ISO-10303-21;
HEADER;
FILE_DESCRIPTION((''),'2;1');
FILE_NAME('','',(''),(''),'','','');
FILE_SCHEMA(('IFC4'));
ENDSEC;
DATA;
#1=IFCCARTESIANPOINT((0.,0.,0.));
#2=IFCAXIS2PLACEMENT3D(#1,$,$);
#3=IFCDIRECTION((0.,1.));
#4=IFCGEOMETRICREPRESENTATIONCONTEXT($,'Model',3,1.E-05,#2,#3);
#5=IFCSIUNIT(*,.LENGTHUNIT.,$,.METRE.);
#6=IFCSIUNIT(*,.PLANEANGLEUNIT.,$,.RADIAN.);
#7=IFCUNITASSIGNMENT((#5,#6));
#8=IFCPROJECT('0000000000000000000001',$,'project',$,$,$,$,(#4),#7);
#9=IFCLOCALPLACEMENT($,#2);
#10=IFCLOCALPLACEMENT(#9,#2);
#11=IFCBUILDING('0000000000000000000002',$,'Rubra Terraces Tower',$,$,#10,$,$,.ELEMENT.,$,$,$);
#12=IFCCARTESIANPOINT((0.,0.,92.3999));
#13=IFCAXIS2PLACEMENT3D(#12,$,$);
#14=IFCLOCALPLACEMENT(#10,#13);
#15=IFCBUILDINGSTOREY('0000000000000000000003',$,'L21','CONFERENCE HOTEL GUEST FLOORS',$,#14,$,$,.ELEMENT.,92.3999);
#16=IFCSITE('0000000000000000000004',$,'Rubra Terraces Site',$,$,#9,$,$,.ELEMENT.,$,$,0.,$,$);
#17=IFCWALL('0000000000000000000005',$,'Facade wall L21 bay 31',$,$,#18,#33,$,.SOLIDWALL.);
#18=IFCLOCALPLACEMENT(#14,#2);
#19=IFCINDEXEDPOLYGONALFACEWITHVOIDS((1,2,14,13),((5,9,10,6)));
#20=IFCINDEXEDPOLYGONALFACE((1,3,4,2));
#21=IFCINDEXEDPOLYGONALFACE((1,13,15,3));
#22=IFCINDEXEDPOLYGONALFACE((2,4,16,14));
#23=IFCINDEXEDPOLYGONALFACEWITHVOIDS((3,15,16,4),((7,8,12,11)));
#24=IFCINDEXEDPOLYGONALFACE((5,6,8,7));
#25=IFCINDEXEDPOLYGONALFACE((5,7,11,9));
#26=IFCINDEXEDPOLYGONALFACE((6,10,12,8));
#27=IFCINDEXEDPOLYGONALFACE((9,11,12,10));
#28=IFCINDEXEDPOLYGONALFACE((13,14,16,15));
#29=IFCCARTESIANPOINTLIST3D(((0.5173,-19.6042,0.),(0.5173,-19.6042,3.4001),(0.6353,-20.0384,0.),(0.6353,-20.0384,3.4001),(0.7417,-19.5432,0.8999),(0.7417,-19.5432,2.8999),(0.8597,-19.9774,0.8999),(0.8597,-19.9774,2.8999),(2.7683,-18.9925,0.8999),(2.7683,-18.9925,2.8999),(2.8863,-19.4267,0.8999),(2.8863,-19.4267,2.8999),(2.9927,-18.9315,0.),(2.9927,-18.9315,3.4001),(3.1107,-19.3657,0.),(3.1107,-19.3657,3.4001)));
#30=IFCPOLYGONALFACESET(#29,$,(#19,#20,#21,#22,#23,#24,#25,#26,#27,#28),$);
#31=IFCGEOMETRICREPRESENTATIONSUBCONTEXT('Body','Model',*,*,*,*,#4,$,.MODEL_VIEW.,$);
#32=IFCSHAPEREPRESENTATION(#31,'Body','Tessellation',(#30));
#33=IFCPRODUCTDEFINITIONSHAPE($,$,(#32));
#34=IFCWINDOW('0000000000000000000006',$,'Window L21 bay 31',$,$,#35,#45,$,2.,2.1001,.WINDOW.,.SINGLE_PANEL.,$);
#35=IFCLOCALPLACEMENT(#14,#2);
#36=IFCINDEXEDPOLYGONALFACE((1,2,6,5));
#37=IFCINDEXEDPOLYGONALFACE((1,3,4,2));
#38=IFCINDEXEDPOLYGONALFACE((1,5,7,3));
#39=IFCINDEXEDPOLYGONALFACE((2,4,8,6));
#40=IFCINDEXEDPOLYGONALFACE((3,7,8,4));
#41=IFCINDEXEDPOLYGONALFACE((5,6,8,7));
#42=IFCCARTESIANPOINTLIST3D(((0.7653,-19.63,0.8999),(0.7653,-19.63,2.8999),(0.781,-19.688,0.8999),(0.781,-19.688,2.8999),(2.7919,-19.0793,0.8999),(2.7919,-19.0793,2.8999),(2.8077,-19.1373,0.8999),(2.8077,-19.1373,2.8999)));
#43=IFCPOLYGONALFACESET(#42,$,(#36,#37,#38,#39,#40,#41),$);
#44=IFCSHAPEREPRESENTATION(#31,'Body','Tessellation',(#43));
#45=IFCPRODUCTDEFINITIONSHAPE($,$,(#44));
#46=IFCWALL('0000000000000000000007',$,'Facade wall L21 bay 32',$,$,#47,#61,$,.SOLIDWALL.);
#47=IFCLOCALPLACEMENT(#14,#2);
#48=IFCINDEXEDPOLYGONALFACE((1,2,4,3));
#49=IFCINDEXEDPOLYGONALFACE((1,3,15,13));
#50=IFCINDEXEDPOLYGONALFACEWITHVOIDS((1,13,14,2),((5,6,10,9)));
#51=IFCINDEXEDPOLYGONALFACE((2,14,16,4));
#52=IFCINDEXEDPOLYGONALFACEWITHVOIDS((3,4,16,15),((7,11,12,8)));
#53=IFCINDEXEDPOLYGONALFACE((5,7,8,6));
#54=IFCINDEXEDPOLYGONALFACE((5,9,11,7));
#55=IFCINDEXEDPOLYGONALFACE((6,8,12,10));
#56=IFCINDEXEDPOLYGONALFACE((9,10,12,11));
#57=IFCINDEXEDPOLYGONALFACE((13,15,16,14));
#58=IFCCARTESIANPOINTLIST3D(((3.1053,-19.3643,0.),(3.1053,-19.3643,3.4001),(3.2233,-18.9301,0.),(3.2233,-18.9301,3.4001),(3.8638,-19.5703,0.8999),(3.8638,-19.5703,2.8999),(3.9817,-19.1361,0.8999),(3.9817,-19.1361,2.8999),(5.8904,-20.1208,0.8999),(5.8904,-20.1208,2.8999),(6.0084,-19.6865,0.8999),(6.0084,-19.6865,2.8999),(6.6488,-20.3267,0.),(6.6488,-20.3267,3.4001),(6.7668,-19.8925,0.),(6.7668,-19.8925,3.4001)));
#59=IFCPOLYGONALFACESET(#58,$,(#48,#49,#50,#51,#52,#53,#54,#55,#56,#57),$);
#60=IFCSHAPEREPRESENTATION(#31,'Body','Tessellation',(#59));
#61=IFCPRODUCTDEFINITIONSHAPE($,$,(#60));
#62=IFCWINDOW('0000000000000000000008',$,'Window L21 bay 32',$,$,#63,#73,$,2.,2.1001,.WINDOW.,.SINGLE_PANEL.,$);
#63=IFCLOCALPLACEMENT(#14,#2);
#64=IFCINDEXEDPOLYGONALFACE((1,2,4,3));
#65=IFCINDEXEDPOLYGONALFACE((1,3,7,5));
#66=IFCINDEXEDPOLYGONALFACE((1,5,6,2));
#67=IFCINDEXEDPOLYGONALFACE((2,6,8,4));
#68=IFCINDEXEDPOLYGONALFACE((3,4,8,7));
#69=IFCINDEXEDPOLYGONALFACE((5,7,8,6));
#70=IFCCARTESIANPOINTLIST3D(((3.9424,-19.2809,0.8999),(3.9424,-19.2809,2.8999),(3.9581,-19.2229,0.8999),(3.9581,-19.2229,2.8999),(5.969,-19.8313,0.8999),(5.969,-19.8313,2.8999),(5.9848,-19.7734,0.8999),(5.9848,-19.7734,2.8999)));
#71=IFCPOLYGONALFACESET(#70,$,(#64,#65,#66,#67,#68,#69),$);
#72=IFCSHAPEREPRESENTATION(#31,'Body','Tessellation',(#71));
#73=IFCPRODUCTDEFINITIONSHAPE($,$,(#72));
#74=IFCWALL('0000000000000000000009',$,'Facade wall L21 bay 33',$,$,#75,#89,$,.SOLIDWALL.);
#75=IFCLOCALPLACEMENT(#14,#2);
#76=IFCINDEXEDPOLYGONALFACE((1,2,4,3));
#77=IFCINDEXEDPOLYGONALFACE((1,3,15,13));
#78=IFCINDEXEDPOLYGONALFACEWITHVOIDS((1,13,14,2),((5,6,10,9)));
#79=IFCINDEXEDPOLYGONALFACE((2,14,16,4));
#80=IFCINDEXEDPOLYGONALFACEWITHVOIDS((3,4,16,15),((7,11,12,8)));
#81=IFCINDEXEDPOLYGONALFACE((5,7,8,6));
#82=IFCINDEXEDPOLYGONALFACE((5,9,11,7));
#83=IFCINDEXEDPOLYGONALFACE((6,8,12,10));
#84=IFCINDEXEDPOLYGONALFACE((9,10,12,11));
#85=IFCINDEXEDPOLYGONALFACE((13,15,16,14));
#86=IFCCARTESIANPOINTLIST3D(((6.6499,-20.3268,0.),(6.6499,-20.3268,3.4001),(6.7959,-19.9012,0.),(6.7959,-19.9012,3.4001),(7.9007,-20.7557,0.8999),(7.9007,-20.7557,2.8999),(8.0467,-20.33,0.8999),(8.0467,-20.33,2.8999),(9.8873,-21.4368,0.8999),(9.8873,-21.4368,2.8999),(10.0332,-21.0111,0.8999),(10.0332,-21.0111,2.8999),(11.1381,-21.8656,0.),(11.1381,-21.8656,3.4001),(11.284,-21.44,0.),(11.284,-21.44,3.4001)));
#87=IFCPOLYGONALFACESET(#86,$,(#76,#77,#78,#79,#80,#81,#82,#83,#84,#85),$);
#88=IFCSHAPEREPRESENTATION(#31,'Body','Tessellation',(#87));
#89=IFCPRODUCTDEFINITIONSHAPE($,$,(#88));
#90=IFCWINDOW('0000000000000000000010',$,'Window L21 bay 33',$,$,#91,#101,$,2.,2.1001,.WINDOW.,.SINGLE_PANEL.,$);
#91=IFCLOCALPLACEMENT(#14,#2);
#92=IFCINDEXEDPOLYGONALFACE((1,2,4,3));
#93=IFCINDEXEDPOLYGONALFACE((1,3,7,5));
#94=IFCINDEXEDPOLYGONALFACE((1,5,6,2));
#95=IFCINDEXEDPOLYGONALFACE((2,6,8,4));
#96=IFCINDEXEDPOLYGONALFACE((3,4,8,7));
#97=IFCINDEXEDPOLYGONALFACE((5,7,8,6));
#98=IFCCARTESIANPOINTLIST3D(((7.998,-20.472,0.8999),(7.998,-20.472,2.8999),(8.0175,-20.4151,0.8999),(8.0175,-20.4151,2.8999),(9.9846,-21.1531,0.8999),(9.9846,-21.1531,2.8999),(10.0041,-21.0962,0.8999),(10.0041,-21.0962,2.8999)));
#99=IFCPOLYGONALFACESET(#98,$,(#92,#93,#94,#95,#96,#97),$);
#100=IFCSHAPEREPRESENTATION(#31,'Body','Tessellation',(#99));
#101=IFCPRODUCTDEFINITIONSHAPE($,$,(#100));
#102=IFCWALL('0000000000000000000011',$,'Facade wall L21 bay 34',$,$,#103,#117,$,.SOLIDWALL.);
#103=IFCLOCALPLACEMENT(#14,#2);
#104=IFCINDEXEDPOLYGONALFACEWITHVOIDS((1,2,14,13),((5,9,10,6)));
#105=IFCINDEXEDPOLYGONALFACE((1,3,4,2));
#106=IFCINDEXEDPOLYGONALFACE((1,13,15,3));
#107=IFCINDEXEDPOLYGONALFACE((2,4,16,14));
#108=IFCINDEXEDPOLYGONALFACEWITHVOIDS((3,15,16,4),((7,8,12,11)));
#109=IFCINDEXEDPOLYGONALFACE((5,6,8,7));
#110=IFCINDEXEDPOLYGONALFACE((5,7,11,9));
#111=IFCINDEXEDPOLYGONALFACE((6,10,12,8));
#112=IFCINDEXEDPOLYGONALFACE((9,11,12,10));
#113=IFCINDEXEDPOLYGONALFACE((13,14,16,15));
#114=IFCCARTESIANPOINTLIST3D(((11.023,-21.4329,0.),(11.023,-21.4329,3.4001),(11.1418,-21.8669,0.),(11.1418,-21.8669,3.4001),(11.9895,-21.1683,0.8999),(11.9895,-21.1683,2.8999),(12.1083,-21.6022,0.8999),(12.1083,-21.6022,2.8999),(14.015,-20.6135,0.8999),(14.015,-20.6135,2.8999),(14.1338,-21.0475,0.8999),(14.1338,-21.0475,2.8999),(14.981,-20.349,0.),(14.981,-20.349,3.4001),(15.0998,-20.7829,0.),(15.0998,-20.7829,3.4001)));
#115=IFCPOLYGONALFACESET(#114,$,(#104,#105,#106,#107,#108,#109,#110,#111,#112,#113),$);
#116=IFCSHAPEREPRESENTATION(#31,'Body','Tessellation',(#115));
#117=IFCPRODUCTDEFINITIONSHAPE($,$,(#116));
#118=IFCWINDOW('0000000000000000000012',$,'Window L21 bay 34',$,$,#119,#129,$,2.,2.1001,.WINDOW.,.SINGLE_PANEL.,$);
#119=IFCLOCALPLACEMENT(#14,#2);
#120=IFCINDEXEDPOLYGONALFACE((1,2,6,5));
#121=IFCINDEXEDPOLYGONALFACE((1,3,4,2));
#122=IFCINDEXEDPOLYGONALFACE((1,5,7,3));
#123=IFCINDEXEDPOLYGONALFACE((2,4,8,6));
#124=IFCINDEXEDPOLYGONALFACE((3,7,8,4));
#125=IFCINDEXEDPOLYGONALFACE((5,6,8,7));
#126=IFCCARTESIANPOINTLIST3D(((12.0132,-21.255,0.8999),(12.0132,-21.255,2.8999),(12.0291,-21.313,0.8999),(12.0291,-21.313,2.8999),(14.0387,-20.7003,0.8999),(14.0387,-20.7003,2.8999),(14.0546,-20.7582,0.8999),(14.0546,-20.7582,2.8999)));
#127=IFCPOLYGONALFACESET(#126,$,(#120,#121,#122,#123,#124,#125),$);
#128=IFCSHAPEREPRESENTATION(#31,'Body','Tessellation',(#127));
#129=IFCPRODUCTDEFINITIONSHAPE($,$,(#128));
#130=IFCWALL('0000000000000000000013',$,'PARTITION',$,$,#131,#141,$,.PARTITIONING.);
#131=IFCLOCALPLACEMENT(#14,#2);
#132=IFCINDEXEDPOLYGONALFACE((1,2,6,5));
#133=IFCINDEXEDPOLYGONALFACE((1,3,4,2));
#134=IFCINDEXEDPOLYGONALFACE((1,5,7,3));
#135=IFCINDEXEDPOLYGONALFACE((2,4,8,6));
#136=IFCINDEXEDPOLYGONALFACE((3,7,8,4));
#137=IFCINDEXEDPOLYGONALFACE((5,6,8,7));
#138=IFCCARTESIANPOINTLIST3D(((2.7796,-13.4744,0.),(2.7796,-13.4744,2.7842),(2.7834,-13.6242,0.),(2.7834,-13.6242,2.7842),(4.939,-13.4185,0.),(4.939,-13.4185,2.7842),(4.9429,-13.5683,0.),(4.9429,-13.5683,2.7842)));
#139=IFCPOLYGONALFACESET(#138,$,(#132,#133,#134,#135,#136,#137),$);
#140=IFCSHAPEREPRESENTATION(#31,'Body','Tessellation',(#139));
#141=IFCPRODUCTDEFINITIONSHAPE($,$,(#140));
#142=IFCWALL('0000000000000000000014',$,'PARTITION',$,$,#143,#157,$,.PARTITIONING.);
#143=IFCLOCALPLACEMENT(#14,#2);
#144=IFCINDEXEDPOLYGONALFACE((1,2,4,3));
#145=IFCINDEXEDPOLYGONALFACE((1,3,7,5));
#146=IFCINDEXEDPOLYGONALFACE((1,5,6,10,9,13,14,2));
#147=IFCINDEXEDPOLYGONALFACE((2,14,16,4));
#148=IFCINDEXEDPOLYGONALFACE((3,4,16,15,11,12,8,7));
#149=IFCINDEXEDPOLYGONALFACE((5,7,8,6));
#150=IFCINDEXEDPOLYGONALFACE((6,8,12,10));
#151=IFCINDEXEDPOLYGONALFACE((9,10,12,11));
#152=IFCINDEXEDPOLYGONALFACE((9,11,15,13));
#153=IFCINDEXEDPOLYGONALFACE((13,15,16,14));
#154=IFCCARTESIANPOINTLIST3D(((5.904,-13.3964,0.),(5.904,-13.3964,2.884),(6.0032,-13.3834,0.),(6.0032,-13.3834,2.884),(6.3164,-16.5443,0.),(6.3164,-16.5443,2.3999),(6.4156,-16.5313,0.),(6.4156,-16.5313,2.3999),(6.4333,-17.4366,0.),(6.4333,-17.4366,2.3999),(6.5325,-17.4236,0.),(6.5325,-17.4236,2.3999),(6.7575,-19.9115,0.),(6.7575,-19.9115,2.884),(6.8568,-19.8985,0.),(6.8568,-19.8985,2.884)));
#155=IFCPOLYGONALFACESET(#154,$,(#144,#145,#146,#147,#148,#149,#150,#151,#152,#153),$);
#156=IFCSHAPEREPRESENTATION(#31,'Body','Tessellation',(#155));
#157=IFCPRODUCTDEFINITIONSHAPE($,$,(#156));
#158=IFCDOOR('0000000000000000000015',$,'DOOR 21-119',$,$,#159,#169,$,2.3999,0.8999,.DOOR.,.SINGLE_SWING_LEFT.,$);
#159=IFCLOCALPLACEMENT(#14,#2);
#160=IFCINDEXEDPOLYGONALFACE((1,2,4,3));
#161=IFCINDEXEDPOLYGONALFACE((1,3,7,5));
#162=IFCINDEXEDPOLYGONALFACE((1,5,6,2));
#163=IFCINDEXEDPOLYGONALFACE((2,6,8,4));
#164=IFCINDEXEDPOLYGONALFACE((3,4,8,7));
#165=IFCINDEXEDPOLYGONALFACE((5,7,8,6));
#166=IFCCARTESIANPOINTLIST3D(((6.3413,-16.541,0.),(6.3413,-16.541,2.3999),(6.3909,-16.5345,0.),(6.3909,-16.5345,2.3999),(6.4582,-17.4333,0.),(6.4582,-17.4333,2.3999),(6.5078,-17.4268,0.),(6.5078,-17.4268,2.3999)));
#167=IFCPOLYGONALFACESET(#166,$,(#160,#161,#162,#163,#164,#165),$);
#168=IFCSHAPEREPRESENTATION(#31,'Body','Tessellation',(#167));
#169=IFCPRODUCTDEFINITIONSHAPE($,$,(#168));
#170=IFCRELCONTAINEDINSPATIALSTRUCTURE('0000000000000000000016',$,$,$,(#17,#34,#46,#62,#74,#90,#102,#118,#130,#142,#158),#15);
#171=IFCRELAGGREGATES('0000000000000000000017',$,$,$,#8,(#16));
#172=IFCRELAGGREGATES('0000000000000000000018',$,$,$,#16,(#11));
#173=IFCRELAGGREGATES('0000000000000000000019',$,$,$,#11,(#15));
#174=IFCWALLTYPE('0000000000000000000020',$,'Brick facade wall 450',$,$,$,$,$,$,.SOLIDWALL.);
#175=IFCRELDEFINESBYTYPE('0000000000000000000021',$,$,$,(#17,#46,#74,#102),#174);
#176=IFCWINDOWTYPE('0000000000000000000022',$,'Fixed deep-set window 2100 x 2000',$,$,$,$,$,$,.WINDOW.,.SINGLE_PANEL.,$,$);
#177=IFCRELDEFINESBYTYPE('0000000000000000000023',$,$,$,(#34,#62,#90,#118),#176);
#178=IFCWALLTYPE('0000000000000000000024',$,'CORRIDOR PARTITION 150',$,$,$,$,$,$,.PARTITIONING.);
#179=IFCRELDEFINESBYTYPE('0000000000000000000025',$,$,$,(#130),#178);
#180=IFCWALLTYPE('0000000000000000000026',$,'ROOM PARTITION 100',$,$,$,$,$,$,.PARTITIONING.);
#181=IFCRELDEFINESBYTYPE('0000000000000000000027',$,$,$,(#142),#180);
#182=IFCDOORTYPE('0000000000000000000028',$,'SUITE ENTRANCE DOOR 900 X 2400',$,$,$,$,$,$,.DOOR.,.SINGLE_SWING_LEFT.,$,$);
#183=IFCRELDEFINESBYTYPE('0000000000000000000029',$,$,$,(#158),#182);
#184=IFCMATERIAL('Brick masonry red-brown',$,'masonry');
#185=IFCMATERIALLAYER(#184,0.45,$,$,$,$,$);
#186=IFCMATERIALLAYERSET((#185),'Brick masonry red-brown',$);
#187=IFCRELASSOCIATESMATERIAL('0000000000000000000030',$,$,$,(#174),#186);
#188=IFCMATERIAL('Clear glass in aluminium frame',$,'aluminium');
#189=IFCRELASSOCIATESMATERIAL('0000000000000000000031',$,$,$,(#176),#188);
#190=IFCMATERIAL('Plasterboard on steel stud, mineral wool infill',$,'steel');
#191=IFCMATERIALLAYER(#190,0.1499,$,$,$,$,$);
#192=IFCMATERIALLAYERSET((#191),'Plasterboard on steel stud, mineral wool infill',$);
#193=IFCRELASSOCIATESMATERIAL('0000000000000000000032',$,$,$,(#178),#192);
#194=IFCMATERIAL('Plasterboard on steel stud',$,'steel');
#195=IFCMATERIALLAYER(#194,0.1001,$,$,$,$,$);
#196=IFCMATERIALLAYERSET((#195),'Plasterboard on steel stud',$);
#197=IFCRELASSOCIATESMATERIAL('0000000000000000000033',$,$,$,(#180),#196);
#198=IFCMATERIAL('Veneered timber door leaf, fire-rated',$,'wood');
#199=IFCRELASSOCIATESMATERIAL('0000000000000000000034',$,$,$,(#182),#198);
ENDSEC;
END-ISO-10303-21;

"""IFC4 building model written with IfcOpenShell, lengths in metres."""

from ifc_helpers import new_model, si_unit, direction, frame, frame_2d, origin, place, context, subcontext, project, spatial, rectangle, extrude, material, layer, layer_set, type_object, element, fill, save


model = new_model("IFC4")

# Units and contexts
model_context = context("Model", 3, precision=1e-05, world=origin(), true_north=direction((0.0, 1.0)))
body_context = subcontext(model_context, "Body", "Model", "MODEL_VIEW")
ifc_project = project(units=[si_unit("LENGTHUNIT", "METRE"), si_unit("PLANEANGLEUNIT", "RADIAN")], contexts=[model_context])

# Site, building, storey
site_placement = place(None, origin())
site = spatial("IfcSite", under=ifc_project, at=site_placement, Name="Rubra Terraces Site", CompositionType="ELEMENT", RefElevation=0.0)
building_placement = place(site_placement, origin())
building = spatial("IfcBuilding", under=site, at=building_placement, Name="Rubra Terraces Tower", CompositionType="ELEMENT")
storey_placement = place(building_placement, frame((0.0, 0.0, 92.3999)))
storey = spatial("IfcBuildingStorey", under=building, at=storey_placement, Name="L21", Description="CONFERENCE HOTEL GUEST FLOORS", CompositionType="ELEMENT", Elevation=92.3999)

# Walls, openings, windows
ifc_material_1 = material(Name="Brick masonry red-brown", Category="masonry")
ifc_layer_1 = layer(ifc_material_1, 0.45)
ifc_layer_set_1 = layer_set([ifc_layer_1], Name="Brick masonry red-brown")
wall_type_1 = type_object("IfcWallType", Name="Brick facade wall 450", PredefinedType="SOLIDWALL", material=ifc_layer_set_1)
wall_1_placement = place(storey_placement, frame((0.5762, -19.8213, 0.0), z_axis=(0.0, 0.0, 1.0), x_axis=(0.965009, 0.262215, 0.0)))
wall_1 = element("IfcWall", 1, at=wall_1_placement, inside=storey, type_object=wall_type_1, Name="Facade wall L21 bay 31", PredefinedType="SOLIDWALL", context=body_context, shape_type="SweptSolid", body=[
    extrude(rectangle(XDim=2.5652, YDim=0.45, at=frame_2d((1.2827, 0.0))), origin(), (0.0, 0.0, 1.0), 3.4001),
])
opening_1_placement = place(wall_1_placement, frame((0.2327, 0.0, 0.8999)))
opening_1 = element("IfcOpeningElement", 2, at=opening_1_placement, cuts=wall_1, PredefinedType="OPENING", context=body_context, shape_type="SweptSolid", body=[
    extrude(rectangle(XDim=2.1001, YDim=2.0, at=frame_2d((1.05, 1.0))), frame((0.0, 0.2349, 0.0), z_axis=(0.0, -1.0, 0.0), x_axis=(1.0, 0.0, 0.0)), (0.0, 0.0, 1.0), 0.47),
])
ifc_material_2 = material(Name="Clear glass in aluminium frame", Category="aluminium")
window_type = type_object("IfcWindowType", Name="Fixed deep-set window 2100 x 2000", PartitioningType="SINGLE_PANEL", PredefinedType="WINDOW", material=ifc_material_2)
window_1_placement = place(opening_1_placement, origin())
window_1 = element("IfcWindow", 3, at=window_1_placement, inside=storey, type_object=window_type, Name="Window L21 bay 31", OverallHeight=2.0, OverallWidth=2.1001, PartitioningType="SINGLE_PANEL", PredefinedType="WINDOW", context=body_context, shape_type="SweptSolid", body=[
    extrude(rectangle(XDim=2.1001, YDim=2.0, at=frame_2d((1.05, 1.0))), frame((0.0, 0.135, 0.0), z_axis=(0.0, -1.0, 0.0), x_axis=(1.0, 0.0, 0.0)), (0.0, 0.0, 1.0), 0.0601),
])
fill(opening_1, window_1)
wall_2_placement = place(storey_placement, frame((3.1643, -19.1472, 0.0), z_axis=(0.0, 0.0, 1.0), x_axis=(0.965039, -0.262105, 0.0)))
wall_2 = element("IfcWall", 4, at=wall_2_placement, inside=storey, type_object=wall_type_1, Name="Facade wall L21 bay 32", PredefinedType="SOLIDWALL", context=body_context, shape_type="SweptSolid", body=[
    extrude(rectangle(XDim=3.6719, YDim=0.45, at=frame_2d((1.8359, 0.0))), origin(), (0.0, 0.0, 1.0), 3.4001),
])
opening_2_placement = place(wall_2_placement, frame((0.7859, 0.0, 0.8999)))
opening_2 = element("IfcOpeningElement", 5, at=opening_2_placement, cuts=wall_2, PredefinedType="OPENING", context=body_context, shape_type="SweptSolid", body=[
    extrude(rectangle(XDim=2.1001, YDim=2.0, at=frame_2d((1.05, 1.0))), frame((0.0, 0.2349, 0.0), z_axis=(0.0, -1.0, 0.0), x_axis=(1.0, 0.0, 0.0)), (0.0, 0.0, 1.0), 0.47),
])
window_2_placement = place(opening_2_placement, origin())
window_2 = element("IfcWindow", 6, at=window_2_placement, inside=storey, type_object=window_type, Name="Window L21 bay 32", OverallHeight=2.0, OverallWidth=2.1001, PartitioningType="SINGLE_PANEL", PredefinedType="WINDOW", context=body_context, shape_type="SweptSolid", body=[
    extrude(rectangle(XDim=2.1001, YDim=2.0, at=frame_2d((1.05, 1.0))), frame((0.0, 0.135, 0.0), z_axis=(0.0, -1.0, 0.0), x_axis=(1.0, 0.0, 0.0)), (0.0, 0.0, 1.0), 0.0601),
])
fill(opening_2, window_2)
wall_3_placement = place(storey_placement, frame((6.7229, -20.114, 0.0), z_axis=(0.0, 0.0, 1.0), x_axis=(0.945947, -0.32432, 0.0)))
wall_3 = element("IfcWall", 7, at=wall_3_placement, inside=storey, type_object=wall_type_1, Name="Facade wall L21 bay 33", PredefinedType="SOLIDWALL", context=body_context, shape_type="SweptSolid", body=[
    extrude(rectangle(XDim=4.7446, YDim=0.45, at=frame_2d((2.3723, 0.0))), origin(), (0.0, 0.0, 1.0), 3.4001),
])
opening_3_placement = place(wall_3_placement, frame((1.3223, 0.0, 0.8999)))
opening_3 = element("IfcOpeningElement", 8, at=opening_3_placement, cuts=wall_3, PredefinedType="OPENING", context=body_context, shape_type="SweptSolid", body=[
    extrude(rectangle(XDim=2.1001, YDim=2.0, at=frame_2d((1.05, 1.0))), frame((0.0, 0.2349, 0.0), z_axis=(0.0, -1.0, 0.0), x_axis=(1.0, 0.0, 0.0)), (0.0, 0.0, 1.0), 0.47),
])
window_3_placement = place(opening_3_placement, origin())
window_3 = element("IfcWindow", 9, at=window_3_placement, inside=storey, type_object=window_type, Name="Window L21 bay 33", OverallHeight=2.0, OverallWidth=2.1001, PartitioningType="SINGLE_PANEL", PredefinedType="WINDOW", context=body_context, shape_type="SweptSolid", body=[
    extrude(rectangle(XDim=2.1001, YDim=2.0, at=frame_2d((1.05, 1.0))), frame((0.0, 0.135, 0.0), z_axis=(0.0, -1.0, 0.0), x_axis=(1.0, 0.0, 0.0)), (0.0, 0.0, 1.0), 0.0601),
])
fill(opening_3, window_3)
wall_4_placement = place(storey_placement, frame((11.0825, -21.6499, 0.0), z_axis=(0.0, 0.0, 1.0), x_axis=(0.964483, 0.264144, 0.0)))
wall_4 = element("IfcWall", 10, at=wall_4_placement, inside=storey, type_object=wall_type_1, Name="Facade wall L21 bay 34", PredefinedType="SOLIDWALL", context=body_context, shape_type="SweptSolid", body=[
    extrude(rectangle(XDim=4.1038, YDim=0.45, at=frame_2d((2.0518, 0.0))), origin(), (0.0, 0.0, 1.0), 3.4001),
])
opening_4_placement = place(wall_4_placement, frame((1.002, 0.0, 0.8999)))
opening_4 = element("IfcOpeningElement", 11, at=opening_4_placement, cuts=wall_4, PredefinedType="OPENING", context=body_context, shape_type="SweptSolid", body=[
    extrude(rectangle(XDim=2.1001, YDim=2.0, at=frame_2d((1.05, 1.0))), frame((0.0, 0.2349, 0.0), z_axis=(0.0, -1.0, 0.0), x_axis=(1.0, 0.0, 0.0)), (0.0, 0.0, 1.0), 0.47),
])
window_4_placement = place(opening_4_placement, origin())
window_4 = element("IfcWindow", 12, at=window_4_placement, inside=storey, type_object=window_type, Name="Window L21 bay 34", OverallHeight=2.0, OverallWidth=2.1001, PartitioningType="SINGLE_PANEL", PredefinedType="WINDOW", context=body_context, shape_type="SweptSolid", body=[
    extrude(rectangle(XDim=2.1001, YDim=2.0, at=frame_2d((1.05, 1.0))), frame((0.0, 0.135, 0.0), z_axis=(0.0, -1.0, 0.0), x_axis=(1.0, 0.0, 0.0)), (0.0, 0.0, 1.0), 0.0601),
])
fill(opening_4, window_4)

# Wall
ifc_material_3 = material(Name="Plasterboard on steel stud, mineral wool infill", Category="steel")
ifc_layer_2 = layer(ifc_material_3, 0.1499)
ifc_layer_set_2 = layer_set([ifc_layer_2], Name="Plasterboard on steel stud, mineral wool infill")
wall_type_2 = type_object("IfcWallType", Name="CORRIDOR PARTITION 150", PredefinedType="PARTITIONING", material=ifc_layer_set_2)
wall_5_placement = place(storey_placement, frame((2.7815, -13.5493, 0.0), z_axis=(0.0, 0.0, 1.0), x_axis=(0.999665, 0.025882, 0.0)))
element("IfcWall", 13, at=wall_5_placement, inside=storey, type_object=wall_type_2, Name="PARTITION", PredefinedType="PARTITIONING", context=body_context, shape_type="SweptSolid", body=[
    extrude(rectangle(XDim=2.1602, YDim=0.1499, at=frame_2d((1.0801, 0.0))), origin(), (0.0, 0.0, 1.0), 2.7842),
])

# Wall, opening, door
ifc_material_4 = material(Name="Plasterboard on steel stud", Category="steel")
ifc_layer_3 = layer(ifc_material_4, 0.1001)
ifc_layer_set_3 = layer_set([ifc_layer_3], Name="Plasterboard on steel stud")
wall_type_3 = type_object("IfcWallType", Name="ROOM PARTITION 100", PredefinedType="PARTITIONING", material=ifc_layer_set_3)
wall_6_placement = place(storey_placement, frame((6.8071, -19.905, 0.0), z_axis=(0.0, 0.0, 1.0), x_axis=(-0.129895, 0.991528, 0.0)))
wall_6 = element("IfcWall", 14, at=wall_6_placement, inside=storey, type_object=wall_type_3, Name="PARTITION", PredefinedType="PARTITIONING", context=body_context, shape_type="SweptSolid", body=[
    extrude(rectangle(XDim=6.5708, YDim=0.1001, at=frame_2d((3.2854, 0.0))), origin(), (0.0, 0.0, 1.0), 2.884),
])
opening_5_placement = place(wall_6_placement, frame((2.4961, 0.0, 0.0)))
opening_5 = element("IfcOpeningElement", 15, at=opening_5_placement, cuts=wall_6, PredefinedType="OPENING", context=body_context, shape_type="SweptSolid", body=[
    extrude(rectangle(XDim=0.8999, YDim=2.3999, at=frame_2d((0.45, 1.2))), frame((0.0, 0.0601, 0.0), z_axis=(0.0, -1.0, 0.0), x_axis=(1.0, 0.0, 0.0)), (0.0, 0.0, 1.0), 0.1201),
])
ifc_material_5 = material(Name="Veneered timber door leaf, fire-rated", Category="wood")
door_type_1 = type_object("IfcDoorType", Name="SUITE ENTRANCE DOOR 900 X 2400", OperationType="SINGLE_SWING_LEFT", PredefinedType="DOOR", material=ifc_material_5)
door_1_placement = place(opening_5_placement, origin())
door_1 = element("IfcDoor", 16, at=door_1_placement, inside=storey, type_object=door_type_1, Name="DOOR 21-119", OperationType="SINGLE_SWING_LEFT", OverallHeight=2.3999, OverallWidth=0.8999, PredefinedType="DOOR", context=body_context, shape_type="SweptSolid", body=[
    extrude(rectangle(XDim=0.8999, YDim=2.3999, at=frame_2d((0.45, 1.2))), frame((0.0, 0.0249, 0.0), z_axis=(0.0, -1.0, 0.0), x_axis=(1.0, 0.0, 0.0)), (0.0, 0.0, 1.0), 0.05),
])
fill(opening_5, door_1)

save(model, "model.ifc")
